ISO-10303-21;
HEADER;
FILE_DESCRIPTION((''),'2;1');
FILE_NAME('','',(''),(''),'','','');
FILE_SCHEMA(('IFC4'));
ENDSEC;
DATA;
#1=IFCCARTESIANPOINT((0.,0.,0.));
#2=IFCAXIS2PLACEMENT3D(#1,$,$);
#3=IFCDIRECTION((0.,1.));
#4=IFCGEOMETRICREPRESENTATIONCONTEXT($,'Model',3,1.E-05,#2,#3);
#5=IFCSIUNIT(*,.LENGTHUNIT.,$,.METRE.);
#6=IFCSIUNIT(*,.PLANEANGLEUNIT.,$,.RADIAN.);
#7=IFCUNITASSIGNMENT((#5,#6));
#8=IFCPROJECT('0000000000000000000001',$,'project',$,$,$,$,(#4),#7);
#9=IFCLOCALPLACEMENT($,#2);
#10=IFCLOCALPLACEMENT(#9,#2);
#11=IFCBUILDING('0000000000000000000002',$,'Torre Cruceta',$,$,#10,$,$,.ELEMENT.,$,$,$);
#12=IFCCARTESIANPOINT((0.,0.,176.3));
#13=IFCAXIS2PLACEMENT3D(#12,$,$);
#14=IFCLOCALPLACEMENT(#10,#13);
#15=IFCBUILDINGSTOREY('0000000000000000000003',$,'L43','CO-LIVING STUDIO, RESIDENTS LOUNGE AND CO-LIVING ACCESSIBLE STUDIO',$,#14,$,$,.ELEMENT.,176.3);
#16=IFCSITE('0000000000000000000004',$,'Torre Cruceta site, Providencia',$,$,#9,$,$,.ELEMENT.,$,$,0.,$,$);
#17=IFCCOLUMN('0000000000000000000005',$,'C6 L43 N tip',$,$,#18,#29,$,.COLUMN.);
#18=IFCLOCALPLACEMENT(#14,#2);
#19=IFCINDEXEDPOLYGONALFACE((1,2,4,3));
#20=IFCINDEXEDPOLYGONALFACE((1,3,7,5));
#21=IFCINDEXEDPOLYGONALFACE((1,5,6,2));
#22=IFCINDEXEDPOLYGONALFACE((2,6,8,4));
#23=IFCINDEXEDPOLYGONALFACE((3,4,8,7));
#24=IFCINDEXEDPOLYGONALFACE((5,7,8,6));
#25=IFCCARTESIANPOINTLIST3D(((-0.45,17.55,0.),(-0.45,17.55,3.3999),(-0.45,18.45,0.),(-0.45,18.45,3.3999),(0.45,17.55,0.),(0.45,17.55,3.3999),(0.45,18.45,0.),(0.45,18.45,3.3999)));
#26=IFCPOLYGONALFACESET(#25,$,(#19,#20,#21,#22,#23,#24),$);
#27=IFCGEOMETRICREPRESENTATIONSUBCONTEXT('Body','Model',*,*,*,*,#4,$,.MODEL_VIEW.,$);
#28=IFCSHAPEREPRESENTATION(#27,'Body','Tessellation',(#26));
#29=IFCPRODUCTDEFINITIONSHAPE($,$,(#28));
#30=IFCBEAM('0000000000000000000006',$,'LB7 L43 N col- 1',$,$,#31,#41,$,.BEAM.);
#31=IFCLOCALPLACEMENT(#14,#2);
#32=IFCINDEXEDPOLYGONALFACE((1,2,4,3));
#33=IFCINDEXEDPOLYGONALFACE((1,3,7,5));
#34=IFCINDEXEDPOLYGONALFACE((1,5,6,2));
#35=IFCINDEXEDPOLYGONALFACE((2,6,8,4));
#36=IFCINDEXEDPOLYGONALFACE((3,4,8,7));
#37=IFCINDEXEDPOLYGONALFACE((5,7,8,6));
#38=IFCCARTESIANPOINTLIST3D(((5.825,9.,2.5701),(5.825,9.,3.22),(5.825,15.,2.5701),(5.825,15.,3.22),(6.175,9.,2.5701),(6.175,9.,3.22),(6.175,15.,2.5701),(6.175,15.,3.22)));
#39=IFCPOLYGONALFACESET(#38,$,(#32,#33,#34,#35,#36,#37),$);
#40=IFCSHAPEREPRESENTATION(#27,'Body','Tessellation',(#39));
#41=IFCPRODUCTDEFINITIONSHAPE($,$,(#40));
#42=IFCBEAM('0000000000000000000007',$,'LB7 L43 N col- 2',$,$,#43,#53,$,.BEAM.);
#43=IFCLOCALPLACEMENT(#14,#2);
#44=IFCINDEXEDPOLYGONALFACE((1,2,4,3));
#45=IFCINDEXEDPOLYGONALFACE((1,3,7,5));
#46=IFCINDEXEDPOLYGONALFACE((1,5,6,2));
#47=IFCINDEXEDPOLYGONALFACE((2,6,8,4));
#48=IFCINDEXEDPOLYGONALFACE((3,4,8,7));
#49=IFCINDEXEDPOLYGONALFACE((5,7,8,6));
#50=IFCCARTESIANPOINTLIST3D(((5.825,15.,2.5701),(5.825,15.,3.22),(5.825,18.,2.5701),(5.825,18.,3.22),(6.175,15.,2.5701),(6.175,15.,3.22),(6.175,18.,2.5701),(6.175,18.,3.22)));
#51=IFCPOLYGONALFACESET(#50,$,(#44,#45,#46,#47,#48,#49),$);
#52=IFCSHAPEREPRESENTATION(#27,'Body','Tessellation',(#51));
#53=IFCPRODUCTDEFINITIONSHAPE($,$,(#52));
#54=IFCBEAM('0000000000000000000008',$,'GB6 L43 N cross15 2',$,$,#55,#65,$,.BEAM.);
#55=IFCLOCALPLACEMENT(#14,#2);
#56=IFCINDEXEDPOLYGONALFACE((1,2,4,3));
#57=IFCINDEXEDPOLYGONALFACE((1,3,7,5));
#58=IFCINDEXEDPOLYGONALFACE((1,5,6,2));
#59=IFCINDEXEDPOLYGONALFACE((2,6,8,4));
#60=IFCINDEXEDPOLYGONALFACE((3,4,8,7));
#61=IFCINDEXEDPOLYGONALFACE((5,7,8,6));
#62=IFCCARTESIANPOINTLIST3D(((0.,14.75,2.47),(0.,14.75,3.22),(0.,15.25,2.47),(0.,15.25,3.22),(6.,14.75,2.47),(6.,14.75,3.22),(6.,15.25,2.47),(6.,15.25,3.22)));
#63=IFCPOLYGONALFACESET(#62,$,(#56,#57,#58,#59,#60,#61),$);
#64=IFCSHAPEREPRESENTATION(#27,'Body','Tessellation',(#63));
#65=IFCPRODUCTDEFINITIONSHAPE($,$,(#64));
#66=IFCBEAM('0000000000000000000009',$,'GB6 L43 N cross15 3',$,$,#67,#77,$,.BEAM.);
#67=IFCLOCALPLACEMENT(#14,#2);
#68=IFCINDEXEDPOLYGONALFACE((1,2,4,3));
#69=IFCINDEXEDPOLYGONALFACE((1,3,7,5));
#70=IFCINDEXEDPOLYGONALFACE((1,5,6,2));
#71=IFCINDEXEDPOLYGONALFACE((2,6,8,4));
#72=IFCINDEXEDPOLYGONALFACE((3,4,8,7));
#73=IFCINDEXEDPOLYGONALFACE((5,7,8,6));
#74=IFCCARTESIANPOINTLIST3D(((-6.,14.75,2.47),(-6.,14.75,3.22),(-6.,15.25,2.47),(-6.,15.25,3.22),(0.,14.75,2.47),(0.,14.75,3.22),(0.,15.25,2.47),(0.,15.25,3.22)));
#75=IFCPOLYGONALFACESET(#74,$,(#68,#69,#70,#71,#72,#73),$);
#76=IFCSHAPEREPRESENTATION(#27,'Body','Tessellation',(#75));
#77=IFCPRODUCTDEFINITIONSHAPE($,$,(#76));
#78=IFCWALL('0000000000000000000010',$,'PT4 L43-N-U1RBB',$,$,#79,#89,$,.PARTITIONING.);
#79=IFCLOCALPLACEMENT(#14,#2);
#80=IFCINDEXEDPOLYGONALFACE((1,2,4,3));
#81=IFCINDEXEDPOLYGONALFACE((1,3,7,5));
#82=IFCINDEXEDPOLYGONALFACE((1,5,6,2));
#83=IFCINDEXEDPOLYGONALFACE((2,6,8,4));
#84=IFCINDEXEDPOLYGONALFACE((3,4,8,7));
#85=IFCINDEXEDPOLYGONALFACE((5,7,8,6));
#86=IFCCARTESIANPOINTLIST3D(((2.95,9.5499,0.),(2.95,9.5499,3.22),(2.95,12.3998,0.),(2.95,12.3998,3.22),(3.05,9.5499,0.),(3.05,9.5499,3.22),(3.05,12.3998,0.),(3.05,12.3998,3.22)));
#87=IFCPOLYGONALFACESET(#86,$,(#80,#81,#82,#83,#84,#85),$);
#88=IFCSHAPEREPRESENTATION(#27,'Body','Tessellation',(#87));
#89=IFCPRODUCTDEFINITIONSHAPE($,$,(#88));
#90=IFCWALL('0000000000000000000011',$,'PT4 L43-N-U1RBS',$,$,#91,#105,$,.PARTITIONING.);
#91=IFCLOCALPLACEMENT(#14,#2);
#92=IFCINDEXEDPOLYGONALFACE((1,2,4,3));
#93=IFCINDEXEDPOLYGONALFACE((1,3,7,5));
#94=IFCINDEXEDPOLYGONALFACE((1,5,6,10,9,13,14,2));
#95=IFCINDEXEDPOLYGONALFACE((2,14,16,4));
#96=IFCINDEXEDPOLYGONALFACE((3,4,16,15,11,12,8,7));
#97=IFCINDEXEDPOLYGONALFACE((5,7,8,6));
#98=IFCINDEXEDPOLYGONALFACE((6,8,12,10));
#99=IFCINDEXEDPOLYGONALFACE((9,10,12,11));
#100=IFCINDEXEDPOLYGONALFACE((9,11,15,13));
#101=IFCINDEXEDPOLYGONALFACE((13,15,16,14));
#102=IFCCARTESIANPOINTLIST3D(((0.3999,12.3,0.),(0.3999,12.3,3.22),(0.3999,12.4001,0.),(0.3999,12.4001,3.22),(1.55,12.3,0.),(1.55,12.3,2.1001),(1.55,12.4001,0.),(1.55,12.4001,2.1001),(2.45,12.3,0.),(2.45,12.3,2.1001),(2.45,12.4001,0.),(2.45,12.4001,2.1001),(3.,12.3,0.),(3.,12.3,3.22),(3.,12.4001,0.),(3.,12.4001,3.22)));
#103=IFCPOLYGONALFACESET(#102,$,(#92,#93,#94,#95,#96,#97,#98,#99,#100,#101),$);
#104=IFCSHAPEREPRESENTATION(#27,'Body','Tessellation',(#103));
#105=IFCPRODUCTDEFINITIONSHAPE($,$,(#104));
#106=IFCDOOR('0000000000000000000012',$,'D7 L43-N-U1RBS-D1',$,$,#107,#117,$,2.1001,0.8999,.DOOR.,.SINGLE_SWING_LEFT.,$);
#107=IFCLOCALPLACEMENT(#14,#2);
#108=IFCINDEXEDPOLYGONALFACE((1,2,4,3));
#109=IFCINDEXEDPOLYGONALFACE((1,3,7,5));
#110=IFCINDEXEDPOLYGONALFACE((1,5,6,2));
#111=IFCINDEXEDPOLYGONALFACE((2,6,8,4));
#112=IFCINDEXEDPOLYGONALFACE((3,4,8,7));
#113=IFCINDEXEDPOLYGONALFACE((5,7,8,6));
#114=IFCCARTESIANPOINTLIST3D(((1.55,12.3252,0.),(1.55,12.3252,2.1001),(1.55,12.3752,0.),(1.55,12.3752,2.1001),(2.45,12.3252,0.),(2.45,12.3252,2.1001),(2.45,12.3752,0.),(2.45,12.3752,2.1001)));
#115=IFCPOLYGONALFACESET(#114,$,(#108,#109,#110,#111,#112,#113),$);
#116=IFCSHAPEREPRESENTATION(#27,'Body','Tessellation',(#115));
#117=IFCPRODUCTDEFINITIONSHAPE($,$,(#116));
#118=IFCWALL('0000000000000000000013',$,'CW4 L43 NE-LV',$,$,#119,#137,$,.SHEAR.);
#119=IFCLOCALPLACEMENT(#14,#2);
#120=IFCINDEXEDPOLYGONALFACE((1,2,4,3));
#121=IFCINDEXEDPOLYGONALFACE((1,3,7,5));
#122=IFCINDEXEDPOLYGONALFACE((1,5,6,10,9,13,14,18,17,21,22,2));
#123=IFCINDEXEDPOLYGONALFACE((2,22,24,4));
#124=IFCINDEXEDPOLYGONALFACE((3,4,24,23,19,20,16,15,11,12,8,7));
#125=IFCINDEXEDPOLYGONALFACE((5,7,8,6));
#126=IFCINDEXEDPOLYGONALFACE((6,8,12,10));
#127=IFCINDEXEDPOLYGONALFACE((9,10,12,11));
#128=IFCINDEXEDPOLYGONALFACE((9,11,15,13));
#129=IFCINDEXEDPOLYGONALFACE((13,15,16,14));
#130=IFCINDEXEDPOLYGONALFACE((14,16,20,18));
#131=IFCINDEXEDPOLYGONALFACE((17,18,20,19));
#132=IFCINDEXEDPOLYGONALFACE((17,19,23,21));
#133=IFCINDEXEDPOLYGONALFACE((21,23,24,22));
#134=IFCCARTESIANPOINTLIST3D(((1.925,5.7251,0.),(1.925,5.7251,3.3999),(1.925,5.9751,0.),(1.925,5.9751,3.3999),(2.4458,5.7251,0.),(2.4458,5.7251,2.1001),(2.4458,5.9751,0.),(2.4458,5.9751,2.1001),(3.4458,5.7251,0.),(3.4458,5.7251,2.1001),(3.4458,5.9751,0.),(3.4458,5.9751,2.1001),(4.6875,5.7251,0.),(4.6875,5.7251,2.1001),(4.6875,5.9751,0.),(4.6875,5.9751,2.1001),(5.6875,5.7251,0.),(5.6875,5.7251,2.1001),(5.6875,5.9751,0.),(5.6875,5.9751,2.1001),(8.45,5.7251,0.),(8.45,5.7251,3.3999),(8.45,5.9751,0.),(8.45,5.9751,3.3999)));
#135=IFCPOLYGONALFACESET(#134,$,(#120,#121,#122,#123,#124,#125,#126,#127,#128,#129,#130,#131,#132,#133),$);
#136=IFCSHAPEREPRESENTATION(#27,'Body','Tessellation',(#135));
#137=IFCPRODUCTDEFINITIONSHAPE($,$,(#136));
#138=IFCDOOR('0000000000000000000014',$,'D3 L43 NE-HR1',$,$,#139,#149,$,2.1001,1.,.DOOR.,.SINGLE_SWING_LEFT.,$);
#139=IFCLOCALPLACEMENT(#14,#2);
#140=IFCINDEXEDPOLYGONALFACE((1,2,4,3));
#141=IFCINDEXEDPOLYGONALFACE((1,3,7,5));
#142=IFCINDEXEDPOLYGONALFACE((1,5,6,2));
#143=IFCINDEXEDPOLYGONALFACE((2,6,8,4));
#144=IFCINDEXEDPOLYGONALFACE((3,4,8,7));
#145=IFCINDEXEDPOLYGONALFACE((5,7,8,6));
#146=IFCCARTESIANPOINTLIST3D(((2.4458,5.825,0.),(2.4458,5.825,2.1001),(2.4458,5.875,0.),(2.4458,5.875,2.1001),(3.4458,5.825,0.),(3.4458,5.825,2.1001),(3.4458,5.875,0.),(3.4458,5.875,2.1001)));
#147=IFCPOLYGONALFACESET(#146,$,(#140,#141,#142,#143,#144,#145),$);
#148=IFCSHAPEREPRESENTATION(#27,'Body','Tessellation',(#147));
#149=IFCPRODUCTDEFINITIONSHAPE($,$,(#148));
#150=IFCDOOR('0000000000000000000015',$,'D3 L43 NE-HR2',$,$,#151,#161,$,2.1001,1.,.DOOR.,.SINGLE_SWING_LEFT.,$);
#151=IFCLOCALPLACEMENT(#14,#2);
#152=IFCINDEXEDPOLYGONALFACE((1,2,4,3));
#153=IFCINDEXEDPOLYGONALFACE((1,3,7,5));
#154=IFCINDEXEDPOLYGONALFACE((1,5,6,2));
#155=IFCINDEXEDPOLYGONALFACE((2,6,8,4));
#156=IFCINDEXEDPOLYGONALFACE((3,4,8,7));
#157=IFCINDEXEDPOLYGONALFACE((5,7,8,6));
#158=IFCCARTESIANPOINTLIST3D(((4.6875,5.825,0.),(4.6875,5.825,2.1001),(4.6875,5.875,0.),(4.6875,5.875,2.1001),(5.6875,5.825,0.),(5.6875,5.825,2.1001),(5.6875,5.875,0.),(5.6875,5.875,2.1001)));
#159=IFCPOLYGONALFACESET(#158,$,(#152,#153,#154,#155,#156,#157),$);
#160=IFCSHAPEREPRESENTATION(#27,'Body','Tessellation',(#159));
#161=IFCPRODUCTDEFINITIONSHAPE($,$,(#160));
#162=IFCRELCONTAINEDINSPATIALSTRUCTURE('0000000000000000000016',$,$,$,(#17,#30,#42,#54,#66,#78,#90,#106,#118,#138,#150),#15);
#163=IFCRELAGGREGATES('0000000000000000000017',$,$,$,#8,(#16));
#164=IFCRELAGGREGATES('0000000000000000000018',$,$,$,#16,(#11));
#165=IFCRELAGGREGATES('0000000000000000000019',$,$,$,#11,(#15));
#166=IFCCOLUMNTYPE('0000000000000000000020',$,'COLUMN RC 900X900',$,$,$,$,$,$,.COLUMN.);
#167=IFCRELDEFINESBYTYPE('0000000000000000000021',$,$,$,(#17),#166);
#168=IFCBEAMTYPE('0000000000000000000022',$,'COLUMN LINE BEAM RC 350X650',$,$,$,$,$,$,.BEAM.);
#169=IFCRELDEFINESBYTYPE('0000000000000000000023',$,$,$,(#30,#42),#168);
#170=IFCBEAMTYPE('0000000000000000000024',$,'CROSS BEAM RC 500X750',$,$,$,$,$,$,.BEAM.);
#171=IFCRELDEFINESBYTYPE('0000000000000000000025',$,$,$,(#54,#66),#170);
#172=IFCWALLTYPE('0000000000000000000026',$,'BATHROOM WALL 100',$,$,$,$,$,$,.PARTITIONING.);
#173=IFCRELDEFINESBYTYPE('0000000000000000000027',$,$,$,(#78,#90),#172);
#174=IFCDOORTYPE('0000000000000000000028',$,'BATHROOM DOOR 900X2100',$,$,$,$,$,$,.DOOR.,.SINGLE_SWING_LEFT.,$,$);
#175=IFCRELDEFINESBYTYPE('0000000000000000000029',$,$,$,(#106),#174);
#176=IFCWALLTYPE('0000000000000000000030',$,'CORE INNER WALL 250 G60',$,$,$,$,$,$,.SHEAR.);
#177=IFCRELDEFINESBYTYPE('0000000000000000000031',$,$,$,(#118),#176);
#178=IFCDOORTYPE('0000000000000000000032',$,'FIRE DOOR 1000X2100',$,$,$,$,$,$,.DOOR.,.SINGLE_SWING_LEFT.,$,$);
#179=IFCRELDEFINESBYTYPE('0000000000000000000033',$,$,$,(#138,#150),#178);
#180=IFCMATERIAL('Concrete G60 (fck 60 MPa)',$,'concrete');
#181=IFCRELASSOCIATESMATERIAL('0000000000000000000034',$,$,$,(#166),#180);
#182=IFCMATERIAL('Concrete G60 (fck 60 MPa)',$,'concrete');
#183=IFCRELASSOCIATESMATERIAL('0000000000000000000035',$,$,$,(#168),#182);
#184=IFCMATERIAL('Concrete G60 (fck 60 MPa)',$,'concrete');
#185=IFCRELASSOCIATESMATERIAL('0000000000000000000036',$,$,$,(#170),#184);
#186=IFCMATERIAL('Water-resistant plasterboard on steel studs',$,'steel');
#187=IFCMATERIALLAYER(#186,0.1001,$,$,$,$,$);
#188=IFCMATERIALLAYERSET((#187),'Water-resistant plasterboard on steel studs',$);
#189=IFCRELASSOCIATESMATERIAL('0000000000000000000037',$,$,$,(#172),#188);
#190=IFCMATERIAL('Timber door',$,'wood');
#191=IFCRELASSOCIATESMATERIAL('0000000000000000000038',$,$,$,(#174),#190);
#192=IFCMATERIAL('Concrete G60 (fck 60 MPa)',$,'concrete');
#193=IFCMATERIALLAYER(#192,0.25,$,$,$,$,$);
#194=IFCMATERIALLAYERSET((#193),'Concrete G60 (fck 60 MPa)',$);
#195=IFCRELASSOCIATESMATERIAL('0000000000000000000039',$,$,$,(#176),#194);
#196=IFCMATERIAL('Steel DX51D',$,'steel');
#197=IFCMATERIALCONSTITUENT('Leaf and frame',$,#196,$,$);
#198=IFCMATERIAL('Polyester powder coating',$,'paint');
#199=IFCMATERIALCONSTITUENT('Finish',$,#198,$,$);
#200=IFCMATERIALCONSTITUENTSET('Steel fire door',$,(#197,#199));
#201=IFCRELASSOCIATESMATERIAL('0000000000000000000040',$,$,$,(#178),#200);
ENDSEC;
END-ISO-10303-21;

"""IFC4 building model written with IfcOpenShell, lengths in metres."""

from ifc_helpers import new_model, si_unit, direction, frame, frame_2d, origin, origin_2d, place, context, subcontext, project, spatial, rectangle, extrude, material, layer, layer_set, constituent, constituent_set, material_profile, profile_set, type_object, element, fill, save


model = new_model("IFC4")

# Units and contexts
model_context = context("Model", 3, precision=1e-05, world=origin(), true_north=direction((0.0, 1.0)))
body_context = subcontext(model_context, "Body", "Model", "MODEL_VIEW")
ifc_project = project(units=[si_unit("LENGTHUNIT", "METRE"), si_unit("PLANEANGLEUNIT", "RADIAN")], contexts=[model_context])

# Site, building, storey
site_placement = place(None, origin())
site = spatial("IfcSite", under=ifc_project, at=site_placement, Name="Torre Cruceta site, Providencia", CompositionType="ELEMENT", RefElevation=0.0)
building_placement = place(site_placement, origin())
building = spatial("IfcBuilding", under=site, at=building_placement, Name="Torre Cruceta", CompositionType="ELEMENT")
storey_placement = place(building_placement, frame((0.0, 0.0, 176.3)))
storey = spatial("IfcBuildingStorey", under=building, at=storey_placement, Name="L43", Description="CO-LIVING STUDIO, RESIDENTS LOUNGE AND CO-LIVING ACCESSIBLE STUDIO", CompositionType="ELEMENT", Elevation=176.3)

# Column
ifc_material_1 = material(Name="Concrete G60 (fck 60 MPa)", Category="concrete")
ifc_material_profile_1 = material_profile(ifc_material_1, rectangle(XDim=0.8999, YDim=0.8999, at=origin_2d()), Name="RC 900X900")
ifc_profile_set_1 = profile_set([ifc_material_profile_1], Name="Concrete G60 (fck 60 MPa)")
column_type = type_object("IfcColumnType", Name="COLUMN RC 900X900", PredefinedType="COLUMN", material=ifc_profile_set_1)
column_placement = place(storey_placement, frame((0.0, 18.0, 0.0), z_axis=(0.0, 0.0, 1.0), x_axis=(1.0, 0.0, 0.0)))
element("IfcColumn", 1, at=column_placement, inside=storey, type_object=column_type, Name="C6 L43 N tip", PredefinedType="COLUMN", context=body_context, shape_type="SweptSolid", body=[
    extrude(rectangle(XDim=0.8999, YDim=0.8999, at=origin_2d()), origin(), (0.0, 0.0, 1.0), 3.3999),
])

# Beams
ifc_material_2 = material(Name="Concrete G60 (fck 60 MPa)", Category="concrete")
ifc_material_profile_2 = material_profile(ifc_material_2, rectangle(XDim=0.3501, YDim=0.6499, at=origin_2d()), Name="RC 350X650")
ifc_profile_set_2 = profile_set([ifc_material_profile_2], Name="Concrete G60 (fck 60 MPa)")
beam_type_1 = type_object("IfcBeamType", Name="COLUMN LINE BEAM RC 350X650", PredefinedType="BEAM", material=ifc_profile_set_2)
beam_1_placement = place(storey_placement, frame((6.0, 9.0, 2.895), z_axis=(0.0, 1.0, 0.0), x_axis=(-1.0, 0.0, 0.0)))
element("IfcBeam", 2, at=beam_1_placement, inside=storey, type_object=beam_type_1, Name="LB7 L43 N col- 1", PredefinedType="BEAM", context=body_context, shape_type="SweptSolid", body=[
    extrude(rectangle(XDim=0.3501, YDim=0.6499, at=origin_2d()), origin(), (0.0, 0.0, 1.0), 6.0),
])
beam_2_placement = place(storey_placement, frame((6.0, 15.0, 2.895), z_axis=(0.0, 1.0, 0.0), x_axis=(-1.0, 0.0, 0.0)))
element("IfcBeam", 3, at=beam_2_placement, inside=storey, type_object=beam_type_1, Name="LB7 L43 N col- 2", PredefinedType="BEAM", context=body_context, shape_type="SweptSolid", body=[
    extrude(rectangle(XDim=0.3501, YDim=0.6499, at=origin_2d()), origin(), (0.0, 0.0, 1.0), 3.0),
])
ifc_material_3 = material(Name="Concrete G60 (fck 60 MPa)", Category="concrete")
ifc_material_profile_3 = material_profile(ifc_material_3, rectangle(XDim=0.5, YDim=0.75, at=origin_2d()), Name="RC 500X750")
ifc_profile_set_3 = profile_set([ifc_material_profile_3], Name="Concrete G60 (fck 60 MPa)")
beam_type_2 = type_object("IfcBeamType", Name="CROSS BEAM RC 500X750", PredefinedType="BEAM", material=ifc_profile_set_3)
for number, where, z_axis, x_axis, name in (
    (4, (6.0, 15.0, 2.845), (-1.0, 0.0, 0.0), (0.0, -1.0, 0.0), "GB6 L43 N cross15 2"),
    (5, (0.0, 15.0, 2.845), (-1.0, 0.0, 0.0), (0.0, -1.0, 0.0), "GB6 L43 N cross15 3"),
):
    element("IfcBeam", number, at=place(storey_placement, frame(where, z_axis=z_axis, x_axis=x_axis)), inside=storey, type_object=beam_type_2, Name=name, PredefinedType="BEAM", context=body_context, shape_type="SweptSolid", body=[
        extrude(rectangle(XDim=0.5, YDim=0.75, at=origin_2d()), origin(), (0.0, 0.0, 1.0), 6.0),
    ])

# Wall
ifc_material_4 = material(Name="Water-resistant plasterboard on steel studs", Category="steel")
ifc_layer_1 = layer(ifc_material_4, 0.1001)
ifc_layer_set_1 = layer_set([ifc_layer_1], Name="Water-resistant plasterboard on steel studs")
wall_type_1 = type_object("IfcWallType", Name="BATHROOM WALL 100", PredefinedType="PARTITIONING", material=ifc_layer_set_1)
wall_1_placement = place(storey_placement, frame((3.0, 9.55, 0.0), z_axis=(0.0, 0.0, 1.0), x_axis=(0.0, 1.0, 0.0)))
element("IfcWall", 6, at=wall_1_placement, inside=storey, type_object=wall_type_1, Name="PT4 L43-N-U1RBB", PredefinedType="PARTITIONING", context=body_context, shape_type="SweptSolid", body=[
    extrude(rectangle(XDim=2.8499, YDim=0.1001, at=frame_2d((1.4248, 0.0))), origin(), (0.0, 0.0, 1.0), 3.22),
])

# Wall, opening, door
wall_2_placement = place(storey_placement, frame((3.0, 12.3501, 0.0), z_axis=(0.0, 0.0, 1.0), x_axis=(-1.0, 0.0, 0.0)))
wall_2 = element("IfcWall", 7, at=wall_2_placement, inside=storey, type_object=wall_type_1, Name="PT4 L43-N-U1RBS", PredefinedType="PARTITIONING", context=body_context, shape_type="SweptSolid", body=[
    extrude(rectangle(XDim=2.6001, YDim=0.1001, at=frame_2d((1.3, 0.0))), origin(), (0.0, 0.0, 1.0), 3.22),
])
opening_1_placement = place(wall_2_placement, frame((0.55, 0.0, 0.0)))
opening_1 = element("IfcOpeningElement", 8, at=opening_1_placement, cuts=wall_2, PredefinedType="OPENING", context=body_context, shape_type="SweptSolid", body=[
    extrude(rectangle(XDim=0.8999, YDim=2.1001, at=frame_2d((0.45, 1.05))), frame((0.0, 0.0601, 0.0), z_axis=(0.0, -1.0, 0.0), x_axis=(1.0, 0.0, 0.0)), (0.0, 0.0, 1.0), 0.1201),
])
ifc_material_5 = material(Name="Timber door", Category="wood")
door_type_1 = type_object("IfcDoorType", Name="BATHROOM DOOR 900X2100", OperationType="SINGLE_SWING_LEFT", PredefinedType="DOOR", material=ifc_material_5)
door_1_placement = place(opening_1_placement, origin())
door_1 = element("IfcDoor", 9, at=door_1_placement, inside=storey, type_object=door_type_1, Name="D7 L43-N-U1RBS-D1", OperationType="SINGLE_SWING_LEFT", OverallHeight=2.1001, OverallWidth=0.8999, PredefinedType="DOOR", context=body_context, shape_type="SweptSolid", body=[
    extrude(rectangle(XDim=0.8999, YDim=2.1001, at=frame_2d((0.45, 1.05))), frame((0.0, 0.0249, 0.0), z_axis=(0.0, -1.0, 0.0), x_axis=(1.0, 0.0, 0.0)), (0.0, 0.0, 1.0), 0.05),
])
fill(opening_1, door_1)

# Wall, openings, doors
ifc_material_6 = material(Name="Concrete G60 (fck 60 MPa)", Category="concrete")
ifc_layer_2 = layer(ifc_material_6, 0.25)
ifc_layer_set_2 = layer_set([ifc_layer_2], Name="Concrete G60 (fck 60 MPa)")
wall_type_2 = type_object("IfcWallType", Name="CORE INNER WALL 250 G60", PredefinedType="SHEAR", material=ifc_layer_set_2)
wall_3_placement = place(storey_placement, frame((1.925, 5.8501, 0.0), z_axis=(0.0, 0.0, 1.0), x_axis=(1.0, 0.0, 0.0)))
wall_3 = element("IfcWall", 10, at=wall_3_placement, inside=storey, type_object=wall_type_2, Name="CW4 L43 NE-LV", PredefinedType="SHEAR", context=body_context, shape_type="SweptSolid", body=[
    extrude(rectangle(XDim=6.5249, YDim=0.25, at=frame_2d((3.2625, 0.0))), origin(), (0.0, 0.0, 1.0), 3.3999),
])
opening_2_placement = place(wall_3_placement, frame((0.5208, 0.0, 0.0)))
opening_2 = element("IfcOpeningElement", 11, at=opening_2_placement, cuts=wall_3, PredefinedType="OPENING", context=body_context, shape_type="SweptSolid", body=[
    extrude(rectangle(XDim=1.0, YDim=2.1001, at=frame_2d((0.5, 1.05))), frame((0.0, 0.135, 0.0), z_axis=(0.0, -1.0, 0.0), x_axis=(1.0, 0.0, 0.0)), (0.0, 0.0, 1.0), 0.27),
])
opening_3_placement = place(wall_3_placement, frame((2.7625, 0.0, 0.0)))
opening_3 = element("IfcOpeningElement", 12, at=opening_3_placement, cuts=wall_3, PredefinedType="OPENING", context=body_context, shape_type="SweptSolid", body=[
    extrude(rectangle(XDim=1.0, YDim=2.1001, at=frame_2d((0.5, 1.05))), frame((0.0, 0.135, 0.0), z_axis=(0.0, -1.0, 0.0), x_axis=(1.0, 0.0, 0.0)), (0.0, 0.0, 1.0), 0.27),
])
ifc_material_7 = material(Name="Steel DX51D", Category="steel")
ifc_constituent_1 = constituent(ifc_material_7, Name="Leaf and frame")
ifc_material_8 = material(Name="Polyester powder coating", Category="paint")
ifc_constituent_2 = constituent(ifc_material_8, Name="Finish")
ifc_constituent_set_1 = constituent_set(constituents=[ifc_constituent_1, ifc_constituent_2], Name="Steel fire door")
door_type_2 = type_object("IfcDoorType", Name="FIRE DOOR 1000X2100", OperationType="SINGLE_SWING_LEFT", PredefinedType="DOOR", material=ifc_constituent_set_1)
door_2_placement = place(opening_2_placement, origin())
door_2 = element("IfcDoor", 13, at=door_2_placement, inside=storey, type_object=door_type_2, Name="D3 L43 NE-HR1", OperationType="SINGLE_SWING_LEFT", OverallHeight=2.1001, OverallWidth=1.0, PredefinedType="DOOR", context=body_context, shape_type="SweptSolid", body=[
    extrude(rectangle(XDim=1.0, YDim=2.1001, at=frame_2d((0.5, 1.05))), frame((0.0, 0.0249, 0.0), z_axis=(0.0, -1.0, 0.0), x_axis=(1.0, 0.0, 0.0)), (0.0, 0.0, 1.0), 0.05),
])
fill(opening_2, door_2)
door_3_placement = place(opening_3_placement, origin())
door_3 = element("IfcDoor", 14, at=door_3_placement, inside=storey, type_object=door_type_2, Name="D3 L43 NE-HR2", OperationType="SINGLE_SWING_LEFT", OverallHeight=2.1001, OverallWidth=1.0, PredefinedType="DOOR", context=body_context, shape_type="SweptSolid", body=[
    extrude(rectangle(XDim=1.0, YDim=2.1001, at=frame_2d((0.5, 1.05))), frame((0.0, 0.0249, 0.0), z_axis=(0.0, -1.0, 0.0), x_axis=(1.0, 0.0, 0.0)), (0.0, 0.0, 1.0), 0.05),
])
fill(opening_3, door_3)

save(model, "model.ifc")
